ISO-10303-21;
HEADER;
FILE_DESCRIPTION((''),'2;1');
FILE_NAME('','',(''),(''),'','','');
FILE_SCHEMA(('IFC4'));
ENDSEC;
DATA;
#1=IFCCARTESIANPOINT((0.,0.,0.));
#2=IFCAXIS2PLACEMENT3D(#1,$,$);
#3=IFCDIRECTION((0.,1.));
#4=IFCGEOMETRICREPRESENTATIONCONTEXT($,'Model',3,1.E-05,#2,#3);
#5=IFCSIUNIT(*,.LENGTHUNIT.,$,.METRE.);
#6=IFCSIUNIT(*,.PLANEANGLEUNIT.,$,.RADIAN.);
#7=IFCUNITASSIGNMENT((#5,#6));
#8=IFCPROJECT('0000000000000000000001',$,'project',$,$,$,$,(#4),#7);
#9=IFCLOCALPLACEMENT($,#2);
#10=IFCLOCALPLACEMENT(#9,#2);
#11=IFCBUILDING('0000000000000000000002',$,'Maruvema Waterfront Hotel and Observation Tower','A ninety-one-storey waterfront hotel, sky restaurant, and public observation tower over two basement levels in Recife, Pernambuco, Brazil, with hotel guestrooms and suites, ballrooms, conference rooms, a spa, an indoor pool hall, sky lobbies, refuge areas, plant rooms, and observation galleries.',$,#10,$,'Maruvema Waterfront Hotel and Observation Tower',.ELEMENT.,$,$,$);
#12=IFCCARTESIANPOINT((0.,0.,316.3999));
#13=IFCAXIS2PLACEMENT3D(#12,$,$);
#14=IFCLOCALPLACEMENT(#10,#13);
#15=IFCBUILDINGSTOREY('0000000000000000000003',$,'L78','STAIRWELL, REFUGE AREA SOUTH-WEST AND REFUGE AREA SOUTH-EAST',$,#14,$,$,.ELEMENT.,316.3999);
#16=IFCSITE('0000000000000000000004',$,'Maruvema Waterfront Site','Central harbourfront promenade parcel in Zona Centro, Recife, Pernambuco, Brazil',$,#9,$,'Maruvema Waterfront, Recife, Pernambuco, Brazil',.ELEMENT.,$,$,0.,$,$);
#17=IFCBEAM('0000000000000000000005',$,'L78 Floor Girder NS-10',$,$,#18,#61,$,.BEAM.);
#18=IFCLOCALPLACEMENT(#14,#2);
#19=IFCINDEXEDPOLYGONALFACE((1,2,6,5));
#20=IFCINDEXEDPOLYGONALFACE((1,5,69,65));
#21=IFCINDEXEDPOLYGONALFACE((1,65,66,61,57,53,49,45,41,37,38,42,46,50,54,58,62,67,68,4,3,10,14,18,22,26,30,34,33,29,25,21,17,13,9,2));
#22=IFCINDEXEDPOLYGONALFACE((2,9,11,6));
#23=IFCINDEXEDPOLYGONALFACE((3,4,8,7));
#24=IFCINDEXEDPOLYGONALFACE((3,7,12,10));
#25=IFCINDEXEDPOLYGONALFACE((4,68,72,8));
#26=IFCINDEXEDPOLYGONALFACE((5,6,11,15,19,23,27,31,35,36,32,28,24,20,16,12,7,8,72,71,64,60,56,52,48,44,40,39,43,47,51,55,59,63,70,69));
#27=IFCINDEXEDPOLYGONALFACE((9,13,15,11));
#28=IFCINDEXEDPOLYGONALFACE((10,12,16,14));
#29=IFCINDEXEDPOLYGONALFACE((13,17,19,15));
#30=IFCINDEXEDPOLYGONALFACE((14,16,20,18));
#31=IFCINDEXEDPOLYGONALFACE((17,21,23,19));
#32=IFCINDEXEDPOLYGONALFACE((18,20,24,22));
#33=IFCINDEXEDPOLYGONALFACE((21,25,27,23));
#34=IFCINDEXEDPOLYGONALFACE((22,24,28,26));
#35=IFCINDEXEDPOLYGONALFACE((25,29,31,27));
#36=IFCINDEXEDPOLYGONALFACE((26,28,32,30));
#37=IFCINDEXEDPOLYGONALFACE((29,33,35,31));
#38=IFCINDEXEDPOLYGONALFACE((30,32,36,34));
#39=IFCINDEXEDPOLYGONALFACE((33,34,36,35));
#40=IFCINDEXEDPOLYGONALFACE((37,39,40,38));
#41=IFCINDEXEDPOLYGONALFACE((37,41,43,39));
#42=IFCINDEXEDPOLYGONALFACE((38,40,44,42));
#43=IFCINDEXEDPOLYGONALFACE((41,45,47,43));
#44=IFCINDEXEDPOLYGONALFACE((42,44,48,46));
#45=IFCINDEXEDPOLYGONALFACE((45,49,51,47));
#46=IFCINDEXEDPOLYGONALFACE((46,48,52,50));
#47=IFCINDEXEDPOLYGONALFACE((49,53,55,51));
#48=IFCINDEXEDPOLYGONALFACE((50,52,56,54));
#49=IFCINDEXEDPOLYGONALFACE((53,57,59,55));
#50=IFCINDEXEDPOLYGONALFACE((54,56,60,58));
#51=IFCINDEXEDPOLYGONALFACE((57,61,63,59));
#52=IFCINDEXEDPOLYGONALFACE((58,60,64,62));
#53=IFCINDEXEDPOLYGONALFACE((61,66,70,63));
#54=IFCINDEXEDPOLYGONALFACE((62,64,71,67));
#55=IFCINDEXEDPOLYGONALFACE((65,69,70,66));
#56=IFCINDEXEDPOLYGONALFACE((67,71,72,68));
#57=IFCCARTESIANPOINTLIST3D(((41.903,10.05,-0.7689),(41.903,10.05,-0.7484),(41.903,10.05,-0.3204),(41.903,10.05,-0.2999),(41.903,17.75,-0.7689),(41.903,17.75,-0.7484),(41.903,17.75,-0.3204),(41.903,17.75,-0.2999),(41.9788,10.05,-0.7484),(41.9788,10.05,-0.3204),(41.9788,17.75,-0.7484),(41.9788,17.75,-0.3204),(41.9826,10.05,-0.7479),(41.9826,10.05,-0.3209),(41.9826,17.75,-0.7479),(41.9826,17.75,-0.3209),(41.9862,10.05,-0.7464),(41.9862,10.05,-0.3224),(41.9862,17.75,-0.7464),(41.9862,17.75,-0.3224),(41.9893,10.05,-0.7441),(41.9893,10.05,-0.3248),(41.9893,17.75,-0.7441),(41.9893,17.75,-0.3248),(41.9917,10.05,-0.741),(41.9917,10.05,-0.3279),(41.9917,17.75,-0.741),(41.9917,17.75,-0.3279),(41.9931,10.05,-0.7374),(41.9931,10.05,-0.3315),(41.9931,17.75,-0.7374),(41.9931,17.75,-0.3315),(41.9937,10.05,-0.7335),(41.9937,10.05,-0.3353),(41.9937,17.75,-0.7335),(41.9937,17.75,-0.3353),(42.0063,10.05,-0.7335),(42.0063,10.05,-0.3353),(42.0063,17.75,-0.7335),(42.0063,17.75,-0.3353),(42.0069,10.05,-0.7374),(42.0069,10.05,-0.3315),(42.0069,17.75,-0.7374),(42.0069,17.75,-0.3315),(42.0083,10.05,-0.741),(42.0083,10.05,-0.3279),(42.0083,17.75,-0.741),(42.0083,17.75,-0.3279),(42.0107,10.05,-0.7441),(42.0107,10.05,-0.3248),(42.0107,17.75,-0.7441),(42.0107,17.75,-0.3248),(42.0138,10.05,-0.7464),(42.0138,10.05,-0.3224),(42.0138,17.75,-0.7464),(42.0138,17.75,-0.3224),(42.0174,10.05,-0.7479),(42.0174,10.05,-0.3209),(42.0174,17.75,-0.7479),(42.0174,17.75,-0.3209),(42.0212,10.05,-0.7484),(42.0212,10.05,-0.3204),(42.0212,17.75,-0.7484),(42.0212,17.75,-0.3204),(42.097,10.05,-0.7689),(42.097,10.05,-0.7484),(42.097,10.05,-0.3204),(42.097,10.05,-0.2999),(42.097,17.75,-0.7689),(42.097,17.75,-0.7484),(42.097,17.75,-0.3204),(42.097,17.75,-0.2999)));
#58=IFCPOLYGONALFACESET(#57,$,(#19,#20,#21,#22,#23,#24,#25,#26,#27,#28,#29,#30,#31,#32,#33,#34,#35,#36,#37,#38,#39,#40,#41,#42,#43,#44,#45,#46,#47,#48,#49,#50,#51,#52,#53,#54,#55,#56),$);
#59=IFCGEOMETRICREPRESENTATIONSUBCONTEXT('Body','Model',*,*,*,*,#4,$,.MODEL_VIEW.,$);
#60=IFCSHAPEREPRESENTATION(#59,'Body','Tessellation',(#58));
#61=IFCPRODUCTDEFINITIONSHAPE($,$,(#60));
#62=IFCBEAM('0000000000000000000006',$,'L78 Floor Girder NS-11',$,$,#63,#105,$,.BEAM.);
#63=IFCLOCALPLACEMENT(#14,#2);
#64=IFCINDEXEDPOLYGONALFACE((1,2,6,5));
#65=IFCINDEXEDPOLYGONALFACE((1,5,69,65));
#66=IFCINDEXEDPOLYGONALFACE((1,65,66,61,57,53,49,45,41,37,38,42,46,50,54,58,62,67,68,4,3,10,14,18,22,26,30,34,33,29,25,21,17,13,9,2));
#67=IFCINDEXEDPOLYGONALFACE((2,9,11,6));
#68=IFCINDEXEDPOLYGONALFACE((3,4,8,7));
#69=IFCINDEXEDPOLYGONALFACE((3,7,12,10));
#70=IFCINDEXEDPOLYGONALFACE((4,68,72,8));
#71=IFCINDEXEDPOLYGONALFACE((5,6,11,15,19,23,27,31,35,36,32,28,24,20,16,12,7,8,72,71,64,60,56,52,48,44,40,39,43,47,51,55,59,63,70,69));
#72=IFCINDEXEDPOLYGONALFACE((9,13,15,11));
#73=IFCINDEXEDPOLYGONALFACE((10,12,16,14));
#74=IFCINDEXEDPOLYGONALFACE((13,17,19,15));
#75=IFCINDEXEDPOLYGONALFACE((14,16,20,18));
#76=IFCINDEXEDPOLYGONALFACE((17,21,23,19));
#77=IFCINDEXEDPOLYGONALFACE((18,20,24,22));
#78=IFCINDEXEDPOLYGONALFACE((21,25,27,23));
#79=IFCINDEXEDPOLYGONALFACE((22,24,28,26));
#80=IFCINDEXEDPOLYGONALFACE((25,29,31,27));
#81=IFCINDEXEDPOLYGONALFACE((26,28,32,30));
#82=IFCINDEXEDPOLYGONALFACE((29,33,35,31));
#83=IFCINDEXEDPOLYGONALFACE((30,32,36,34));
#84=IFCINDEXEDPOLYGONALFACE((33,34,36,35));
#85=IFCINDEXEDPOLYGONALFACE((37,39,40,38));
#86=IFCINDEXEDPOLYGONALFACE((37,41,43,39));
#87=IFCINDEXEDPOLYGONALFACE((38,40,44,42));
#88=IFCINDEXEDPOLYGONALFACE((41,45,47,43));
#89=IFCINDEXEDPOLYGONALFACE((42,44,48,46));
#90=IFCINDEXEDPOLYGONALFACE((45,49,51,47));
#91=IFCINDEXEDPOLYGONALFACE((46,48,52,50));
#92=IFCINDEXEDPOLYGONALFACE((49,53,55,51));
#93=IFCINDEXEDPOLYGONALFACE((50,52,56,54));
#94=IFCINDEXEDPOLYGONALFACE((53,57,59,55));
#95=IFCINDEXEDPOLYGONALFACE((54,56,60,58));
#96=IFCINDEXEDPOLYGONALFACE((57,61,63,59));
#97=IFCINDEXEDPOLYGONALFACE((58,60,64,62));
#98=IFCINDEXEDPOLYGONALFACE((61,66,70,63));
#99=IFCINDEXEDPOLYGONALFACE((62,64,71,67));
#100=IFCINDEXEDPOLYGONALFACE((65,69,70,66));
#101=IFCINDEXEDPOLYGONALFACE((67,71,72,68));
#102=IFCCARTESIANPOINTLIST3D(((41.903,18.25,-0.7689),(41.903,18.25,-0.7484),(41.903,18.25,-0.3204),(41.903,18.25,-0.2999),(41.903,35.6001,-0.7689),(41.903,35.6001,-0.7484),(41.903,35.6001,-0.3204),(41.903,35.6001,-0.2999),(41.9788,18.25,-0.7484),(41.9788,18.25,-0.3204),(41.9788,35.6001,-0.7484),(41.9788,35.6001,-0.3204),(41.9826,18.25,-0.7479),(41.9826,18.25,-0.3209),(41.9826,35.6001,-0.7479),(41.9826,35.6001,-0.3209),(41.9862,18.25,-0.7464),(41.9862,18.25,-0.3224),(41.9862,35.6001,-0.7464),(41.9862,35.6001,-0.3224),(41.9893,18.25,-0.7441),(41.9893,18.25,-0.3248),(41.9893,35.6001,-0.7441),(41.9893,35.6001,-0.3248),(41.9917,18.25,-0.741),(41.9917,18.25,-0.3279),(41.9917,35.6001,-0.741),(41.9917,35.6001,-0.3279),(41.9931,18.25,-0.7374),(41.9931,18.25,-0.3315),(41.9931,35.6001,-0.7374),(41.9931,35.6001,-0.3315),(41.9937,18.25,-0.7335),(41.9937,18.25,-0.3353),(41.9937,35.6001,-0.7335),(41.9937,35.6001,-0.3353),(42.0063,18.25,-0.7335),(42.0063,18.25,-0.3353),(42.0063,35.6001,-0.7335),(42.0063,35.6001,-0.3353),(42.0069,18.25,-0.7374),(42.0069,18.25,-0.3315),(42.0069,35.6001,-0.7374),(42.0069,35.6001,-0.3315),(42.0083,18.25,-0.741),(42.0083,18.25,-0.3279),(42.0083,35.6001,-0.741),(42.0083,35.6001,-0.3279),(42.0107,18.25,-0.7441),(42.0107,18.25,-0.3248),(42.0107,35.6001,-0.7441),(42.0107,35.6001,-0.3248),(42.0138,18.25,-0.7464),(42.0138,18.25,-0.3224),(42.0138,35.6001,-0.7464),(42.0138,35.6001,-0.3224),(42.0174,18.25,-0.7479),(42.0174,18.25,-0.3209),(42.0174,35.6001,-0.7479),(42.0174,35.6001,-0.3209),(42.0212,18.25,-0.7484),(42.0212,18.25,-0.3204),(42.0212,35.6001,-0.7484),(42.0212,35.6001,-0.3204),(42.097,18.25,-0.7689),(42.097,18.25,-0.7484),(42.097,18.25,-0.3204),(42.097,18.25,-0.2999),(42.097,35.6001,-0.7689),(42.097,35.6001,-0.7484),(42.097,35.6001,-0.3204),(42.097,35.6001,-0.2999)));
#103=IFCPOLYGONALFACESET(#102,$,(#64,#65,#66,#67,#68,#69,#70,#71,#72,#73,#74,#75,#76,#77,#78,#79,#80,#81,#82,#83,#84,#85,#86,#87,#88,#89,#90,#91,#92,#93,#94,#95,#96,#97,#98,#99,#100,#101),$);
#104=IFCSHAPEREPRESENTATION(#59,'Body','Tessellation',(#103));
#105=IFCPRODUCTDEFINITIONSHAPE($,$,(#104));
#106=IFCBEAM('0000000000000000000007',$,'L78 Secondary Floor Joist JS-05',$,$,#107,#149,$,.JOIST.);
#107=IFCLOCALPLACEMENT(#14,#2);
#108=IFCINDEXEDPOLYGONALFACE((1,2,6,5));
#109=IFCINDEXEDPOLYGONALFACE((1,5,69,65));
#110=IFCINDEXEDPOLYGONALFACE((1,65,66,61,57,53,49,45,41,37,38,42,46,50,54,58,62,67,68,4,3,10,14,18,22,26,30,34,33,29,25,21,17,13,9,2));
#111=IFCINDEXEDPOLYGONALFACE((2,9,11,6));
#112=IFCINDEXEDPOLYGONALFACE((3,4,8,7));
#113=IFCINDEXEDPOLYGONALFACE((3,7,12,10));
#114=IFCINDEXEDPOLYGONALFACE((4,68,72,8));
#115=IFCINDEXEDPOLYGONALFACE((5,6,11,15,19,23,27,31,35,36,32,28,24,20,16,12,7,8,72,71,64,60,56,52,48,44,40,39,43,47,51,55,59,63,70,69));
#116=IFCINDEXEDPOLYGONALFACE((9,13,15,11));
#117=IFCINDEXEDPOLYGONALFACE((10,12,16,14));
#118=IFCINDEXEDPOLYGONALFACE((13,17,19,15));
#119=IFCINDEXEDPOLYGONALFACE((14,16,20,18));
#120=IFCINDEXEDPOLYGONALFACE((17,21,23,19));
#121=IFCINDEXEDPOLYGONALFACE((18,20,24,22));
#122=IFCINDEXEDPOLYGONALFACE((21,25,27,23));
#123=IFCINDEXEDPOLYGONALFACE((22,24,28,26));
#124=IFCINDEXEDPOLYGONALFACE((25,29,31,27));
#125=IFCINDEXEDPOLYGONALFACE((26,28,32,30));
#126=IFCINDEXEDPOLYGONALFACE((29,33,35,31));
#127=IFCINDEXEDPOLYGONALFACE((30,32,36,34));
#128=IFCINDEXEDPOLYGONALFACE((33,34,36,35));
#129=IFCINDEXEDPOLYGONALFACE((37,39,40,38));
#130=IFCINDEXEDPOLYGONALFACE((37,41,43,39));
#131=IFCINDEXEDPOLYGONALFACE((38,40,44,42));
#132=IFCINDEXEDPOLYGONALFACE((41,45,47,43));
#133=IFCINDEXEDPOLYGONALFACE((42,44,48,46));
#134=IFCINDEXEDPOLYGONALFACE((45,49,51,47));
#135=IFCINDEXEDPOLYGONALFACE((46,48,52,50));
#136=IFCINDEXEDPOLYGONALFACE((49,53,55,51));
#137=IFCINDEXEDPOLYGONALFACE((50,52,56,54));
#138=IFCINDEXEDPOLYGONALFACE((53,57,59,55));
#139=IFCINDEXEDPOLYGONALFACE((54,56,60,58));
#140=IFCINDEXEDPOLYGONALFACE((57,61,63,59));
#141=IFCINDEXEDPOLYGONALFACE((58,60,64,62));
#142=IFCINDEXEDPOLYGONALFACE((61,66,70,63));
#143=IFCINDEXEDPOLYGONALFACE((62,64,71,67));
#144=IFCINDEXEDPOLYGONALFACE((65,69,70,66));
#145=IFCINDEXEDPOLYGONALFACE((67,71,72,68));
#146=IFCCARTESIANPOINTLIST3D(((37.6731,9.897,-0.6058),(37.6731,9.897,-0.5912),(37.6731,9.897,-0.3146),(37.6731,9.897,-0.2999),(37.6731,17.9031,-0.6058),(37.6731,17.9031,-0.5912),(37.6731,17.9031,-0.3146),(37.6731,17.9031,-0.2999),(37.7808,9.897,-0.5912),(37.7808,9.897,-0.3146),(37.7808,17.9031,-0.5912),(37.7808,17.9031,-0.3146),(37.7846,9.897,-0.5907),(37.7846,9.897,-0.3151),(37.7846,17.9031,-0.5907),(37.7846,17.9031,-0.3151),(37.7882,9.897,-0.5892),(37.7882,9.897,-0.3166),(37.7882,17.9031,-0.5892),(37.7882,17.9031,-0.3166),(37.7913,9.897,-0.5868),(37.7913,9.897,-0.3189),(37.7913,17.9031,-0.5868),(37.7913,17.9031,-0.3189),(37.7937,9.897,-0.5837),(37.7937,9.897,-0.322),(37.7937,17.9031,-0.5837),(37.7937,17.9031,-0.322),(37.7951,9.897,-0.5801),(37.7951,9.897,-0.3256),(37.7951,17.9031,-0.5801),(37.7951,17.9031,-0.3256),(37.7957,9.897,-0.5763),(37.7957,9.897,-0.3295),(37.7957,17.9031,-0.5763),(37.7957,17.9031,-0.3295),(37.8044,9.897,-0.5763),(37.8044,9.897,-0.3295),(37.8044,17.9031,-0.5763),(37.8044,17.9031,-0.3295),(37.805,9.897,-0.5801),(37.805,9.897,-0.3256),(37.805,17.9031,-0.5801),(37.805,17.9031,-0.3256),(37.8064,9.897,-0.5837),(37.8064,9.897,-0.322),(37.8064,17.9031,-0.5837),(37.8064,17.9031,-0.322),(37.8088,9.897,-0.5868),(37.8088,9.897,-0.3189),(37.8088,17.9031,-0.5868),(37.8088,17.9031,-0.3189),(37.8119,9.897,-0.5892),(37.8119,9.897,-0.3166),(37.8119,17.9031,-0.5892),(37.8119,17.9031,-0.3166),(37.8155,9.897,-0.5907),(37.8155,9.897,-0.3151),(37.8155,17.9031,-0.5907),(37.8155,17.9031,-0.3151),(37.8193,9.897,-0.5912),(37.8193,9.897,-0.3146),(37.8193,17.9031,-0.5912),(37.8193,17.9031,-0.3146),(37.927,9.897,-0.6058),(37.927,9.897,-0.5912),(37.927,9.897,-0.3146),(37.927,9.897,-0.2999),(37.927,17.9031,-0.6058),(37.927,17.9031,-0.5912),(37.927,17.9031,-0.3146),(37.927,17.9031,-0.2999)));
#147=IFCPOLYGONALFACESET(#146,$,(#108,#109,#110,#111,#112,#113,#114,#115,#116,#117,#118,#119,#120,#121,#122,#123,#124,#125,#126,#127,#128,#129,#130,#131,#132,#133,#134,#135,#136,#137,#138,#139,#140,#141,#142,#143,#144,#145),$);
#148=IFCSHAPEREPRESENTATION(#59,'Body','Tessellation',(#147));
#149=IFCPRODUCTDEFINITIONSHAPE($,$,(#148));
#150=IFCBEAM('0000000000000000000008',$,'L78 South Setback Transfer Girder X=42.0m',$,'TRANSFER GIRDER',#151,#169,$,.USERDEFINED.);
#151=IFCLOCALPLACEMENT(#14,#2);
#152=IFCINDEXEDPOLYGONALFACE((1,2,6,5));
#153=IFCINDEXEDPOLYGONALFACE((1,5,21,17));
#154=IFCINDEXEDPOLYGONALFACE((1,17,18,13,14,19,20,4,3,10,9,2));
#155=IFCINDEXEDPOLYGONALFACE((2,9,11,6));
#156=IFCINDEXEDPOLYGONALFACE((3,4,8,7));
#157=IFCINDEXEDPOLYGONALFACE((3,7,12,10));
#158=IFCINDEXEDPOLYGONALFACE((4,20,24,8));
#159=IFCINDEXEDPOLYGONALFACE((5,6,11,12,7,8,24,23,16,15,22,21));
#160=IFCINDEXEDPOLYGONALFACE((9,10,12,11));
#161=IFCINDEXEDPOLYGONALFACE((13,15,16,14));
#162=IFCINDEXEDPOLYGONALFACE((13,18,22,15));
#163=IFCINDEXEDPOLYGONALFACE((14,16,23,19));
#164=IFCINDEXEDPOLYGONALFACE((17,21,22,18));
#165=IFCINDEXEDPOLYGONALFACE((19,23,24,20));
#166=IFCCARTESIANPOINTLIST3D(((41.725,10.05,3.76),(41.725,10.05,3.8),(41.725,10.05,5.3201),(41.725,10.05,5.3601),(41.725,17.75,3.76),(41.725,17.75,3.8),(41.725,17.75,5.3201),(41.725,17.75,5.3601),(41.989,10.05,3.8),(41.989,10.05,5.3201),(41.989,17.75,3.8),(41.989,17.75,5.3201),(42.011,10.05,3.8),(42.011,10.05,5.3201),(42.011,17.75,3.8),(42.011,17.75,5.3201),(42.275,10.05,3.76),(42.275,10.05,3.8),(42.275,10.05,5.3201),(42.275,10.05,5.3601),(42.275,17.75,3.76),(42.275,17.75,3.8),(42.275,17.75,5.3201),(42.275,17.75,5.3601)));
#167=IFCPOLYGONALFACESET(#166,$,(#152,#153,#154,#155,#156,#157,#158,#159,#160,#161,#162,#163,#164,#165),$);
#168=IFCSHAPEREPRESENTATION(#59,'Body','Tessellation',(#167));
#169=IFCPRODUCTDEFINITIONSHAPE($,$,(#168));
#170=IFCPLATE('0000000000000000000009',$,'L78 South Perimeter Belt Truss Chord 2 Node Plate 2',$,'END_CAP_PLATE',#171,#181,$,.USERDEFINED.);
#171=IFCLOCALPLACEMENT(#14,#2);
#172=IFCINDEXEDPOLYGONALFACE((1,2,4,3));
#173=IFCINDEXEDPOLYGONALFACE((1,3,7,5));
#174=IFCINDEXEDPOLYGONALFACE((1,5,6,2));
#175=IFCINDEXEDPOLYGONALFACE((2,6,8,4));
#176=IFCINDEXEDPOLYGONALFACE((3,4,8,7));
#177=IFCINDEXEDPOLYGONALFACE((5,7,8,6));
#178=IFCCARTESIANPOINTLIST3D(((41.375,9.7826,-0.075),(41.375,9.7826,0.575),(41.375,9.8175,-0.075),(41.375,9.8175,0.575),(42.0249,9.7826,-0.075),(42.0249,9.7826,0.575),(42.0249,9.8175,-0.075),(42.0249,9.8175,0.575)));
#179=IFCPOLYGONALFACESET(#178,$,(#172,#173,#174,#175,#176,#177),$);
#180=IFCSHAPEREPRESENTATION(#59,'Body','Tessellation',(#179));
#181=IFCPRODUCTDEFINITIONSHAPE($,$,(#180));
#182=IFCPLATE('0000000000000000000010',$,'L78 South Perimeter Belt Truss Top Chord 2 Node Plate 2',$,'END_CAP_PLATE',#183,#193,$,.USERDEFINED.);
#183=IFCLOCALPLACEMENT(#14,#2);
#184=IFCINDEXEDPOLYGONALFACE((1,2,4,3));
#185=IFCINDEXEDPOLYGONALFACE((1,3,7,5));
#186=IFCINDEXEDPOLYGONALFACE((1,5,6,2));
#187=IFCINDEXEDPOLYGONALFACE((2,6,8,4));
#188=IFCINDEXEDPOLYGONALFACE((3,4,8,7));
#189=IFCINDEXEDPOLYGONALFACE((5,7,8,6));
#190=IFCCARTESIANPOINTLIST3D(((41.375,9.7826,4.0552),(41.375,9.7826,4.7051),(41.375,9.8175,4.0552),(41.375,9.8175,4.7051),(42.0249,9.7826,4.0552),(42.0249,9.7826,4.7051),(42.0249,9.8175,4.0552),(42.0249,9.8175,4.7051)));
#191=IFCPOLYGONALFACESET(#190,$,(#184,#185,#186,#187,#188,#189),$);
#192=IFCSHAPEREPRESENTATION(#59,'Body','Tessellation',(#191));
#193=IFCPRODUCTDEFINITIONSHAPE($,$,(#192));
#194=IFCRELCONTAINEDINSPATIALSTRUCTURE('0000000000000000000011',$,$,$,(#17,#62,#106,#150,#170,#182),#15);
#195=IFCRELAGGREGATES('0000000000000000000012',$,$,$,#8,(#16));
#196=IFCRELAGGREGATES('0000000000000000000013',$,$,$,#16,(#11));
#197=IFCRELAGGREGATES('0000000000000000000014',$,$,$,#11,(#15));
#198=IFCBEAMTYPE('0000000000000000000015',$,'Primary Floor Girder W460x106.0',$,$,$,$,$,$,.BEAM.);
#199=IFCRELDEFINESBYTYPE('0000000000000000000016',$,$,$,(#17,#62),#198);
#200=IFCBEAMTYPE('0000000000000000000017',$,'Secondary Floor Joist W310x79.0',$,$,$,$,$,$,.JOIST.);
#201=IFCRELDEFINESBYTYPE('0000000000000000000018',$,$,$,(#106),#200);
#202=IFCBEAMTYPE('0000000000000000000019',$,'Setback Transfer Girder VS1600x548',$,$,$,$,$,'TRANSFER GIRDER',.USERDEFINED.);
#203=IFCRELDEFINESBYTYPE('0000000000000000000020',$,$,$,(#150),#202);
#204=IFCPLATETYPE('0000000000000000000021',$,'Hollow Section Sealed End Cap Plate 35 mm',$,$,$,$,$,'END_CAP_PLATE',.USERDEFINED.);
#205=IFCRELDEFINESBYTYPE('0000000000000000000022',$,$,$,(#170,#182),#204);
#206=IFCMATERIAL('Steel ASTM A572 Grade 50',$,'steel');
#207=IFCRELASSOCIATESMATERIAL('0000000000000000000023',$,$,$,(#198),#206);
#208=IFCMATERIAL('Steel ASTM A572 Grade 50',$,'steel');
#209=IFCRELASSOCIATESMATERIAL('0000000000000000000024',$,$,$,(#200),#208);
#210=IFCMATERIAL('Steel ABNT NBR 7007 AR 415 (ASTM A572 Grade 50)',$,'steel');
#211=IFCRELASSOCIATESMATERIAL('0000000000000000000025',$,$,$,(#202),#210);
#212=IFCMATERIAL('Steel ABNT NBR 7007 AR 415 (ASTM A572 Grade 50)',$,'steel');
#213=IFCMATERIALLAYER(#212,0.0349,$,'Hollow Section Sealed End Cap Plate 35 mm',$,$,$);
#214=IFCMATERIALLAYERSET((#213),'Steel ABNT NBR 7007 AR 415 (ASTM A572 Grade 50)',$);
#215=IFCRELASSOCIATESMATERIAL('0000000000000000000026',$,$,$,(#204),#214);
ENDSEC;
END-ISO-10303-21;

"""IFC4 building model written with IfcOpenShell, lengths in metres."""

from ifc_helpers import new_model, si_unit, direction, frame, origin, origin_2d, place, context, subcontext, project, spatial, rectangle, i_section, extrude, material, layer, layer_set, material_profile, profile_set, type_object, element, save


model = new_model("IFC4")

# Units and contexts
model_context = context("Model", 3, precision=1e-05, world=origin(), true_north=direction((0.0, 1.0)))
body_context = subcontext(model_context, "Body", "Model", "MODEL_VIEW")
ifc_project = project(units=[si_unit("LENGTHUNIT", "METRE"), si_unit("PLANEANGLEUNIT", "RADIAN")], contexts=[model_context])

# Site, building, storey
site_placement = place(None, origin())
site = spatial("IfcSite", under=ifc_project, at=site_placement, Name="Maruvema Waterfront Site", Description="Central harbourfront promenade parcel in Zona Centro, Recife, Pernambuco, Brazil", LongName="Maruvema Waterfront, Recife, Pernambuco, Brazil", CompositionType="ELEMENT", RefElevation=0.0)
building_placement = place(site_placement, origin())
building = spatial("IfcBuilding", under=site, at=building_placement, Name="Maruvema Waterfront Hotel and Observation Tower", Description="A ninety-one-storey waterfront hotel, sky restaurant, and public observation tower over two basement levels in Recife, Pernambuco, Brazil, with hotel guestrooms and suites, ballrooms, conference rooms, a spa, an indoor pool hall, sky lobbies, refuge areas, plant rooms, and observation galleries.", LongName="Maruvema Waterfront Hotel and Observation Tower", CompositionType="ELEMENT")
storey_placement = place(building_placement, frame((0.0, 0.0, 316.3999)))
storey = spatial("IfcBuildingStorey", under=building, at=storey_placement, Name="L78", Description="STAIRWELL, REFUGE AREA SOUTH-WEST AND REFUGE AREA SOUTH-EAST", CompositionType="ELEMENT", Elevation=316.3999)

# Beams
ifc_material_1 = material(Name="Steel ASTM A572 Grade 50", Category="steel")
ifc_material_profile_1 = material_profile(ifc_material_1, i_section(OverallWidth=0.1941, OverallDepth=0.469, WebThickness=0.0127, FlangeThickness=0.0205, FilletRadius=0.0149, at=origin_2d()), Name="W460x106.0")
ifc_profile_set_1 = profile_set([ifc_material_profile_1], Name="Steel ASTM A572 Grade 50")
beam_type_1 = type_object("IfcBeamType", Name="Primary Floor Girder W460x106.0", PredefinedType="BEAM", material=ifc_profile_set_1)
beam_1_placement = place(storey_placement, frame((42.0, 10.05, -0.5344), z_axis=(0.0, 1.0, 0.0), x_axis=(-1.0, 0.0, 0.0)))
element("IfcBeam", 1, at=beam_1_placement, inside=storey, type_object=beam_type_1, Name="L78 Floor Girder NS-10", PredefinedType="BEAM", context=body_context, shape_type="SweptSolid", body=[
    extrude(i_section(OverallWidth=0.1941, OverallDepth=0.469, WebThickness=0.0127, FlangeThickness=0.0205, FilletRadius=0.0149, at=origin_2d()), origin(), (0.0, 0.0, 1.0), 7.7),
])
beam_2_placement = place(storey_placement, frame((42.0, 18.25, -0.5344), z_axis=(0.0, 1.0, 0.0), x_axis=(-1.0, 0.0, 0.0)))
element("IfcBeam", 2, at=beam_2_placement, inside=storey, type_object=beam_type_1, Name="L78 Floor Girder NS-11", PredefinedType="BEAM", context=body_context, shape_type="SweptSolid", body=[
    extrude(i_section(OverallWidth=0.1941, OverallDepth=0.469, WebThickness=0.0127, FlangeThickness=0.0205, FilletRadius=0.0149, at=origin_2d()), origin(), (0.0, 0.0, 1.0), 17.3501),
])
ifc_material_2 = material(Name="Steel ASTM A572 Grade 50", Category="steel")
ifc_material_profile_2 = material_profile(ifc_material_2, i_section(OverallWidth=0.2539, OverallDepth=0.3059, WebThickness=0.0088, FlangeThickness=0.0146, FilletRadius=0.0149, at=origin_2d()), Name="W310x79.0")
ifc_profile_set_2 = profile_set([ifc_material_profile_2], Name="Steel ASTM A572 Grade 50")
beam_type_2 = type_object("IfcBeamType", Name="Secondary Floor Joist W310x79.0", PredefinedType="JOIST", material=ifc_profile_set_2)
beam_3_placement = place(storey_placement, frame((37.8, 9.897, -0.4529), z_axis=(0.0, 1.0, 0.0), x_axis=(-1.0, 0.0, 0.0)))
element("IfcBeam", 3, at=beam_3_placement, inside=storey, type_object=beam_type_2, Name="L78 Secondary Floor Joist JS-05", PredefinedType="JOIST", context=body_context, shape_type="SweptSolid", body=[
    extrude(i_section(OverallWidth=0.2539, OverallDepth=0.3059, WebThickness=0.0088, FlangeThickness=0.0146, FilletRadius=0.0149, at=origin_2d()), origin(), (0.0, 0.0, 1.0), 8.0061),
])
ifc_material_3 = material(Name="Steel ABNT NBR 7007 AR 415 (ASTM A572 Grade 50)", Category="steel")
ifc_material_profile_3 = material_profile(ifc_material_3, i_section(OverallWidth=0.55, OverallDepth=1.6001, WebThickness=0.022, FlangeThickness=0.04, at=origin_2d()), Name="VS1600x548")
ifc_profile_set_3 = profile_set([ifc_material_profile_3], Name="Steel ABNT NBR 7007 AR 415 (ASTM A572 Grade 50)")
beam_type_3 = type_object("IfcBeamType", Name="Setback Transfer Girder VS1600x548", ElementType="TRANSFER GIRDER", PredefinedType="USERDEFINED", material=ifc_profile_set_3)
beam_4_placement = place(storey_placement, frame((42.0, 10.05, 4.5601), z_axis=(0.0, 1.0, 0.0), x_axis=(-1.0, 0.0, 0.0)))
element("IfcBeam", 4, at=beam_4_placement, inside=storey, type_object=beam_type_3, Name="L78 South Setback Transfer Girder X=42.0m", ObjectType="TRANSFER GIRDER", PredefinedType="USERDEFINED", context=body_context, shape_type="SweptSolid", body=[
    extrude(i_section(OverallWidth=0.55, OverallDepth=1.6001, WebThickness=0.022, FlangeThickness=0.04, at=origin_2d()), origin(), (0.0, 0.0, 1.0), 7.7),
])

# Plates
ifc_material_4 = material(Name="Steel ABNT NBR 7007 AR 415 (ASTM A572 Grade 50)", Category="steel")
ifc_layer_1 = layer(ifc_material_4, 0.0349, Name="Hollow Section Sealed End Cap Plate 35 mm")
ifc_layer_set_1 = layer_set([ifc_layer_1], Name="Steel ABNT NBR 7007 AR 415 (ASTM A572 Grade 50)")
plate_type_1 = type_object("IfcPlateType", Name="Hollow Section Sealed End Cap Plate 35 mm", ElementType="END_CAP_PLATE", PredefinedType="USERDEFINED", material=ifc_layer_set_1)
for number, where, z_axis, x_axis, name in (
    (5, (41.7, 9.8, -0.075), (0.0, 0.0, 1.0), (1.0, 0.0, 0.0), "L78 South Perimeter Belt Truss Chord 2 Node Plate 2"),
    (6, (41.7, 9.8, 4.0552), (0.0, 0.0, 1.0), (1.0, 0.0, 0.0), "L78 South Perimeter Belt Truss Top Chord 2 Node Plate 2"),
):
    element("IfcPlate", number, at=place(storey_placement, frame(where, z_axis=z_axis, x_axis=x_axis)), inside=storey, type_object=plate_type_1, Name=name, ObjectType="END_CAP_PLATE", PredefinedType="USERDEFINED", context=body_context, shape_type="SweptSolid", body=[
        extrude(rectangle(XDim=0.6499, YDim=0.0349, at=origin_2d()), origin(), (0.0, 0.0, 1.0), 0.6499),
    ])

save(model, "model.ifc")
